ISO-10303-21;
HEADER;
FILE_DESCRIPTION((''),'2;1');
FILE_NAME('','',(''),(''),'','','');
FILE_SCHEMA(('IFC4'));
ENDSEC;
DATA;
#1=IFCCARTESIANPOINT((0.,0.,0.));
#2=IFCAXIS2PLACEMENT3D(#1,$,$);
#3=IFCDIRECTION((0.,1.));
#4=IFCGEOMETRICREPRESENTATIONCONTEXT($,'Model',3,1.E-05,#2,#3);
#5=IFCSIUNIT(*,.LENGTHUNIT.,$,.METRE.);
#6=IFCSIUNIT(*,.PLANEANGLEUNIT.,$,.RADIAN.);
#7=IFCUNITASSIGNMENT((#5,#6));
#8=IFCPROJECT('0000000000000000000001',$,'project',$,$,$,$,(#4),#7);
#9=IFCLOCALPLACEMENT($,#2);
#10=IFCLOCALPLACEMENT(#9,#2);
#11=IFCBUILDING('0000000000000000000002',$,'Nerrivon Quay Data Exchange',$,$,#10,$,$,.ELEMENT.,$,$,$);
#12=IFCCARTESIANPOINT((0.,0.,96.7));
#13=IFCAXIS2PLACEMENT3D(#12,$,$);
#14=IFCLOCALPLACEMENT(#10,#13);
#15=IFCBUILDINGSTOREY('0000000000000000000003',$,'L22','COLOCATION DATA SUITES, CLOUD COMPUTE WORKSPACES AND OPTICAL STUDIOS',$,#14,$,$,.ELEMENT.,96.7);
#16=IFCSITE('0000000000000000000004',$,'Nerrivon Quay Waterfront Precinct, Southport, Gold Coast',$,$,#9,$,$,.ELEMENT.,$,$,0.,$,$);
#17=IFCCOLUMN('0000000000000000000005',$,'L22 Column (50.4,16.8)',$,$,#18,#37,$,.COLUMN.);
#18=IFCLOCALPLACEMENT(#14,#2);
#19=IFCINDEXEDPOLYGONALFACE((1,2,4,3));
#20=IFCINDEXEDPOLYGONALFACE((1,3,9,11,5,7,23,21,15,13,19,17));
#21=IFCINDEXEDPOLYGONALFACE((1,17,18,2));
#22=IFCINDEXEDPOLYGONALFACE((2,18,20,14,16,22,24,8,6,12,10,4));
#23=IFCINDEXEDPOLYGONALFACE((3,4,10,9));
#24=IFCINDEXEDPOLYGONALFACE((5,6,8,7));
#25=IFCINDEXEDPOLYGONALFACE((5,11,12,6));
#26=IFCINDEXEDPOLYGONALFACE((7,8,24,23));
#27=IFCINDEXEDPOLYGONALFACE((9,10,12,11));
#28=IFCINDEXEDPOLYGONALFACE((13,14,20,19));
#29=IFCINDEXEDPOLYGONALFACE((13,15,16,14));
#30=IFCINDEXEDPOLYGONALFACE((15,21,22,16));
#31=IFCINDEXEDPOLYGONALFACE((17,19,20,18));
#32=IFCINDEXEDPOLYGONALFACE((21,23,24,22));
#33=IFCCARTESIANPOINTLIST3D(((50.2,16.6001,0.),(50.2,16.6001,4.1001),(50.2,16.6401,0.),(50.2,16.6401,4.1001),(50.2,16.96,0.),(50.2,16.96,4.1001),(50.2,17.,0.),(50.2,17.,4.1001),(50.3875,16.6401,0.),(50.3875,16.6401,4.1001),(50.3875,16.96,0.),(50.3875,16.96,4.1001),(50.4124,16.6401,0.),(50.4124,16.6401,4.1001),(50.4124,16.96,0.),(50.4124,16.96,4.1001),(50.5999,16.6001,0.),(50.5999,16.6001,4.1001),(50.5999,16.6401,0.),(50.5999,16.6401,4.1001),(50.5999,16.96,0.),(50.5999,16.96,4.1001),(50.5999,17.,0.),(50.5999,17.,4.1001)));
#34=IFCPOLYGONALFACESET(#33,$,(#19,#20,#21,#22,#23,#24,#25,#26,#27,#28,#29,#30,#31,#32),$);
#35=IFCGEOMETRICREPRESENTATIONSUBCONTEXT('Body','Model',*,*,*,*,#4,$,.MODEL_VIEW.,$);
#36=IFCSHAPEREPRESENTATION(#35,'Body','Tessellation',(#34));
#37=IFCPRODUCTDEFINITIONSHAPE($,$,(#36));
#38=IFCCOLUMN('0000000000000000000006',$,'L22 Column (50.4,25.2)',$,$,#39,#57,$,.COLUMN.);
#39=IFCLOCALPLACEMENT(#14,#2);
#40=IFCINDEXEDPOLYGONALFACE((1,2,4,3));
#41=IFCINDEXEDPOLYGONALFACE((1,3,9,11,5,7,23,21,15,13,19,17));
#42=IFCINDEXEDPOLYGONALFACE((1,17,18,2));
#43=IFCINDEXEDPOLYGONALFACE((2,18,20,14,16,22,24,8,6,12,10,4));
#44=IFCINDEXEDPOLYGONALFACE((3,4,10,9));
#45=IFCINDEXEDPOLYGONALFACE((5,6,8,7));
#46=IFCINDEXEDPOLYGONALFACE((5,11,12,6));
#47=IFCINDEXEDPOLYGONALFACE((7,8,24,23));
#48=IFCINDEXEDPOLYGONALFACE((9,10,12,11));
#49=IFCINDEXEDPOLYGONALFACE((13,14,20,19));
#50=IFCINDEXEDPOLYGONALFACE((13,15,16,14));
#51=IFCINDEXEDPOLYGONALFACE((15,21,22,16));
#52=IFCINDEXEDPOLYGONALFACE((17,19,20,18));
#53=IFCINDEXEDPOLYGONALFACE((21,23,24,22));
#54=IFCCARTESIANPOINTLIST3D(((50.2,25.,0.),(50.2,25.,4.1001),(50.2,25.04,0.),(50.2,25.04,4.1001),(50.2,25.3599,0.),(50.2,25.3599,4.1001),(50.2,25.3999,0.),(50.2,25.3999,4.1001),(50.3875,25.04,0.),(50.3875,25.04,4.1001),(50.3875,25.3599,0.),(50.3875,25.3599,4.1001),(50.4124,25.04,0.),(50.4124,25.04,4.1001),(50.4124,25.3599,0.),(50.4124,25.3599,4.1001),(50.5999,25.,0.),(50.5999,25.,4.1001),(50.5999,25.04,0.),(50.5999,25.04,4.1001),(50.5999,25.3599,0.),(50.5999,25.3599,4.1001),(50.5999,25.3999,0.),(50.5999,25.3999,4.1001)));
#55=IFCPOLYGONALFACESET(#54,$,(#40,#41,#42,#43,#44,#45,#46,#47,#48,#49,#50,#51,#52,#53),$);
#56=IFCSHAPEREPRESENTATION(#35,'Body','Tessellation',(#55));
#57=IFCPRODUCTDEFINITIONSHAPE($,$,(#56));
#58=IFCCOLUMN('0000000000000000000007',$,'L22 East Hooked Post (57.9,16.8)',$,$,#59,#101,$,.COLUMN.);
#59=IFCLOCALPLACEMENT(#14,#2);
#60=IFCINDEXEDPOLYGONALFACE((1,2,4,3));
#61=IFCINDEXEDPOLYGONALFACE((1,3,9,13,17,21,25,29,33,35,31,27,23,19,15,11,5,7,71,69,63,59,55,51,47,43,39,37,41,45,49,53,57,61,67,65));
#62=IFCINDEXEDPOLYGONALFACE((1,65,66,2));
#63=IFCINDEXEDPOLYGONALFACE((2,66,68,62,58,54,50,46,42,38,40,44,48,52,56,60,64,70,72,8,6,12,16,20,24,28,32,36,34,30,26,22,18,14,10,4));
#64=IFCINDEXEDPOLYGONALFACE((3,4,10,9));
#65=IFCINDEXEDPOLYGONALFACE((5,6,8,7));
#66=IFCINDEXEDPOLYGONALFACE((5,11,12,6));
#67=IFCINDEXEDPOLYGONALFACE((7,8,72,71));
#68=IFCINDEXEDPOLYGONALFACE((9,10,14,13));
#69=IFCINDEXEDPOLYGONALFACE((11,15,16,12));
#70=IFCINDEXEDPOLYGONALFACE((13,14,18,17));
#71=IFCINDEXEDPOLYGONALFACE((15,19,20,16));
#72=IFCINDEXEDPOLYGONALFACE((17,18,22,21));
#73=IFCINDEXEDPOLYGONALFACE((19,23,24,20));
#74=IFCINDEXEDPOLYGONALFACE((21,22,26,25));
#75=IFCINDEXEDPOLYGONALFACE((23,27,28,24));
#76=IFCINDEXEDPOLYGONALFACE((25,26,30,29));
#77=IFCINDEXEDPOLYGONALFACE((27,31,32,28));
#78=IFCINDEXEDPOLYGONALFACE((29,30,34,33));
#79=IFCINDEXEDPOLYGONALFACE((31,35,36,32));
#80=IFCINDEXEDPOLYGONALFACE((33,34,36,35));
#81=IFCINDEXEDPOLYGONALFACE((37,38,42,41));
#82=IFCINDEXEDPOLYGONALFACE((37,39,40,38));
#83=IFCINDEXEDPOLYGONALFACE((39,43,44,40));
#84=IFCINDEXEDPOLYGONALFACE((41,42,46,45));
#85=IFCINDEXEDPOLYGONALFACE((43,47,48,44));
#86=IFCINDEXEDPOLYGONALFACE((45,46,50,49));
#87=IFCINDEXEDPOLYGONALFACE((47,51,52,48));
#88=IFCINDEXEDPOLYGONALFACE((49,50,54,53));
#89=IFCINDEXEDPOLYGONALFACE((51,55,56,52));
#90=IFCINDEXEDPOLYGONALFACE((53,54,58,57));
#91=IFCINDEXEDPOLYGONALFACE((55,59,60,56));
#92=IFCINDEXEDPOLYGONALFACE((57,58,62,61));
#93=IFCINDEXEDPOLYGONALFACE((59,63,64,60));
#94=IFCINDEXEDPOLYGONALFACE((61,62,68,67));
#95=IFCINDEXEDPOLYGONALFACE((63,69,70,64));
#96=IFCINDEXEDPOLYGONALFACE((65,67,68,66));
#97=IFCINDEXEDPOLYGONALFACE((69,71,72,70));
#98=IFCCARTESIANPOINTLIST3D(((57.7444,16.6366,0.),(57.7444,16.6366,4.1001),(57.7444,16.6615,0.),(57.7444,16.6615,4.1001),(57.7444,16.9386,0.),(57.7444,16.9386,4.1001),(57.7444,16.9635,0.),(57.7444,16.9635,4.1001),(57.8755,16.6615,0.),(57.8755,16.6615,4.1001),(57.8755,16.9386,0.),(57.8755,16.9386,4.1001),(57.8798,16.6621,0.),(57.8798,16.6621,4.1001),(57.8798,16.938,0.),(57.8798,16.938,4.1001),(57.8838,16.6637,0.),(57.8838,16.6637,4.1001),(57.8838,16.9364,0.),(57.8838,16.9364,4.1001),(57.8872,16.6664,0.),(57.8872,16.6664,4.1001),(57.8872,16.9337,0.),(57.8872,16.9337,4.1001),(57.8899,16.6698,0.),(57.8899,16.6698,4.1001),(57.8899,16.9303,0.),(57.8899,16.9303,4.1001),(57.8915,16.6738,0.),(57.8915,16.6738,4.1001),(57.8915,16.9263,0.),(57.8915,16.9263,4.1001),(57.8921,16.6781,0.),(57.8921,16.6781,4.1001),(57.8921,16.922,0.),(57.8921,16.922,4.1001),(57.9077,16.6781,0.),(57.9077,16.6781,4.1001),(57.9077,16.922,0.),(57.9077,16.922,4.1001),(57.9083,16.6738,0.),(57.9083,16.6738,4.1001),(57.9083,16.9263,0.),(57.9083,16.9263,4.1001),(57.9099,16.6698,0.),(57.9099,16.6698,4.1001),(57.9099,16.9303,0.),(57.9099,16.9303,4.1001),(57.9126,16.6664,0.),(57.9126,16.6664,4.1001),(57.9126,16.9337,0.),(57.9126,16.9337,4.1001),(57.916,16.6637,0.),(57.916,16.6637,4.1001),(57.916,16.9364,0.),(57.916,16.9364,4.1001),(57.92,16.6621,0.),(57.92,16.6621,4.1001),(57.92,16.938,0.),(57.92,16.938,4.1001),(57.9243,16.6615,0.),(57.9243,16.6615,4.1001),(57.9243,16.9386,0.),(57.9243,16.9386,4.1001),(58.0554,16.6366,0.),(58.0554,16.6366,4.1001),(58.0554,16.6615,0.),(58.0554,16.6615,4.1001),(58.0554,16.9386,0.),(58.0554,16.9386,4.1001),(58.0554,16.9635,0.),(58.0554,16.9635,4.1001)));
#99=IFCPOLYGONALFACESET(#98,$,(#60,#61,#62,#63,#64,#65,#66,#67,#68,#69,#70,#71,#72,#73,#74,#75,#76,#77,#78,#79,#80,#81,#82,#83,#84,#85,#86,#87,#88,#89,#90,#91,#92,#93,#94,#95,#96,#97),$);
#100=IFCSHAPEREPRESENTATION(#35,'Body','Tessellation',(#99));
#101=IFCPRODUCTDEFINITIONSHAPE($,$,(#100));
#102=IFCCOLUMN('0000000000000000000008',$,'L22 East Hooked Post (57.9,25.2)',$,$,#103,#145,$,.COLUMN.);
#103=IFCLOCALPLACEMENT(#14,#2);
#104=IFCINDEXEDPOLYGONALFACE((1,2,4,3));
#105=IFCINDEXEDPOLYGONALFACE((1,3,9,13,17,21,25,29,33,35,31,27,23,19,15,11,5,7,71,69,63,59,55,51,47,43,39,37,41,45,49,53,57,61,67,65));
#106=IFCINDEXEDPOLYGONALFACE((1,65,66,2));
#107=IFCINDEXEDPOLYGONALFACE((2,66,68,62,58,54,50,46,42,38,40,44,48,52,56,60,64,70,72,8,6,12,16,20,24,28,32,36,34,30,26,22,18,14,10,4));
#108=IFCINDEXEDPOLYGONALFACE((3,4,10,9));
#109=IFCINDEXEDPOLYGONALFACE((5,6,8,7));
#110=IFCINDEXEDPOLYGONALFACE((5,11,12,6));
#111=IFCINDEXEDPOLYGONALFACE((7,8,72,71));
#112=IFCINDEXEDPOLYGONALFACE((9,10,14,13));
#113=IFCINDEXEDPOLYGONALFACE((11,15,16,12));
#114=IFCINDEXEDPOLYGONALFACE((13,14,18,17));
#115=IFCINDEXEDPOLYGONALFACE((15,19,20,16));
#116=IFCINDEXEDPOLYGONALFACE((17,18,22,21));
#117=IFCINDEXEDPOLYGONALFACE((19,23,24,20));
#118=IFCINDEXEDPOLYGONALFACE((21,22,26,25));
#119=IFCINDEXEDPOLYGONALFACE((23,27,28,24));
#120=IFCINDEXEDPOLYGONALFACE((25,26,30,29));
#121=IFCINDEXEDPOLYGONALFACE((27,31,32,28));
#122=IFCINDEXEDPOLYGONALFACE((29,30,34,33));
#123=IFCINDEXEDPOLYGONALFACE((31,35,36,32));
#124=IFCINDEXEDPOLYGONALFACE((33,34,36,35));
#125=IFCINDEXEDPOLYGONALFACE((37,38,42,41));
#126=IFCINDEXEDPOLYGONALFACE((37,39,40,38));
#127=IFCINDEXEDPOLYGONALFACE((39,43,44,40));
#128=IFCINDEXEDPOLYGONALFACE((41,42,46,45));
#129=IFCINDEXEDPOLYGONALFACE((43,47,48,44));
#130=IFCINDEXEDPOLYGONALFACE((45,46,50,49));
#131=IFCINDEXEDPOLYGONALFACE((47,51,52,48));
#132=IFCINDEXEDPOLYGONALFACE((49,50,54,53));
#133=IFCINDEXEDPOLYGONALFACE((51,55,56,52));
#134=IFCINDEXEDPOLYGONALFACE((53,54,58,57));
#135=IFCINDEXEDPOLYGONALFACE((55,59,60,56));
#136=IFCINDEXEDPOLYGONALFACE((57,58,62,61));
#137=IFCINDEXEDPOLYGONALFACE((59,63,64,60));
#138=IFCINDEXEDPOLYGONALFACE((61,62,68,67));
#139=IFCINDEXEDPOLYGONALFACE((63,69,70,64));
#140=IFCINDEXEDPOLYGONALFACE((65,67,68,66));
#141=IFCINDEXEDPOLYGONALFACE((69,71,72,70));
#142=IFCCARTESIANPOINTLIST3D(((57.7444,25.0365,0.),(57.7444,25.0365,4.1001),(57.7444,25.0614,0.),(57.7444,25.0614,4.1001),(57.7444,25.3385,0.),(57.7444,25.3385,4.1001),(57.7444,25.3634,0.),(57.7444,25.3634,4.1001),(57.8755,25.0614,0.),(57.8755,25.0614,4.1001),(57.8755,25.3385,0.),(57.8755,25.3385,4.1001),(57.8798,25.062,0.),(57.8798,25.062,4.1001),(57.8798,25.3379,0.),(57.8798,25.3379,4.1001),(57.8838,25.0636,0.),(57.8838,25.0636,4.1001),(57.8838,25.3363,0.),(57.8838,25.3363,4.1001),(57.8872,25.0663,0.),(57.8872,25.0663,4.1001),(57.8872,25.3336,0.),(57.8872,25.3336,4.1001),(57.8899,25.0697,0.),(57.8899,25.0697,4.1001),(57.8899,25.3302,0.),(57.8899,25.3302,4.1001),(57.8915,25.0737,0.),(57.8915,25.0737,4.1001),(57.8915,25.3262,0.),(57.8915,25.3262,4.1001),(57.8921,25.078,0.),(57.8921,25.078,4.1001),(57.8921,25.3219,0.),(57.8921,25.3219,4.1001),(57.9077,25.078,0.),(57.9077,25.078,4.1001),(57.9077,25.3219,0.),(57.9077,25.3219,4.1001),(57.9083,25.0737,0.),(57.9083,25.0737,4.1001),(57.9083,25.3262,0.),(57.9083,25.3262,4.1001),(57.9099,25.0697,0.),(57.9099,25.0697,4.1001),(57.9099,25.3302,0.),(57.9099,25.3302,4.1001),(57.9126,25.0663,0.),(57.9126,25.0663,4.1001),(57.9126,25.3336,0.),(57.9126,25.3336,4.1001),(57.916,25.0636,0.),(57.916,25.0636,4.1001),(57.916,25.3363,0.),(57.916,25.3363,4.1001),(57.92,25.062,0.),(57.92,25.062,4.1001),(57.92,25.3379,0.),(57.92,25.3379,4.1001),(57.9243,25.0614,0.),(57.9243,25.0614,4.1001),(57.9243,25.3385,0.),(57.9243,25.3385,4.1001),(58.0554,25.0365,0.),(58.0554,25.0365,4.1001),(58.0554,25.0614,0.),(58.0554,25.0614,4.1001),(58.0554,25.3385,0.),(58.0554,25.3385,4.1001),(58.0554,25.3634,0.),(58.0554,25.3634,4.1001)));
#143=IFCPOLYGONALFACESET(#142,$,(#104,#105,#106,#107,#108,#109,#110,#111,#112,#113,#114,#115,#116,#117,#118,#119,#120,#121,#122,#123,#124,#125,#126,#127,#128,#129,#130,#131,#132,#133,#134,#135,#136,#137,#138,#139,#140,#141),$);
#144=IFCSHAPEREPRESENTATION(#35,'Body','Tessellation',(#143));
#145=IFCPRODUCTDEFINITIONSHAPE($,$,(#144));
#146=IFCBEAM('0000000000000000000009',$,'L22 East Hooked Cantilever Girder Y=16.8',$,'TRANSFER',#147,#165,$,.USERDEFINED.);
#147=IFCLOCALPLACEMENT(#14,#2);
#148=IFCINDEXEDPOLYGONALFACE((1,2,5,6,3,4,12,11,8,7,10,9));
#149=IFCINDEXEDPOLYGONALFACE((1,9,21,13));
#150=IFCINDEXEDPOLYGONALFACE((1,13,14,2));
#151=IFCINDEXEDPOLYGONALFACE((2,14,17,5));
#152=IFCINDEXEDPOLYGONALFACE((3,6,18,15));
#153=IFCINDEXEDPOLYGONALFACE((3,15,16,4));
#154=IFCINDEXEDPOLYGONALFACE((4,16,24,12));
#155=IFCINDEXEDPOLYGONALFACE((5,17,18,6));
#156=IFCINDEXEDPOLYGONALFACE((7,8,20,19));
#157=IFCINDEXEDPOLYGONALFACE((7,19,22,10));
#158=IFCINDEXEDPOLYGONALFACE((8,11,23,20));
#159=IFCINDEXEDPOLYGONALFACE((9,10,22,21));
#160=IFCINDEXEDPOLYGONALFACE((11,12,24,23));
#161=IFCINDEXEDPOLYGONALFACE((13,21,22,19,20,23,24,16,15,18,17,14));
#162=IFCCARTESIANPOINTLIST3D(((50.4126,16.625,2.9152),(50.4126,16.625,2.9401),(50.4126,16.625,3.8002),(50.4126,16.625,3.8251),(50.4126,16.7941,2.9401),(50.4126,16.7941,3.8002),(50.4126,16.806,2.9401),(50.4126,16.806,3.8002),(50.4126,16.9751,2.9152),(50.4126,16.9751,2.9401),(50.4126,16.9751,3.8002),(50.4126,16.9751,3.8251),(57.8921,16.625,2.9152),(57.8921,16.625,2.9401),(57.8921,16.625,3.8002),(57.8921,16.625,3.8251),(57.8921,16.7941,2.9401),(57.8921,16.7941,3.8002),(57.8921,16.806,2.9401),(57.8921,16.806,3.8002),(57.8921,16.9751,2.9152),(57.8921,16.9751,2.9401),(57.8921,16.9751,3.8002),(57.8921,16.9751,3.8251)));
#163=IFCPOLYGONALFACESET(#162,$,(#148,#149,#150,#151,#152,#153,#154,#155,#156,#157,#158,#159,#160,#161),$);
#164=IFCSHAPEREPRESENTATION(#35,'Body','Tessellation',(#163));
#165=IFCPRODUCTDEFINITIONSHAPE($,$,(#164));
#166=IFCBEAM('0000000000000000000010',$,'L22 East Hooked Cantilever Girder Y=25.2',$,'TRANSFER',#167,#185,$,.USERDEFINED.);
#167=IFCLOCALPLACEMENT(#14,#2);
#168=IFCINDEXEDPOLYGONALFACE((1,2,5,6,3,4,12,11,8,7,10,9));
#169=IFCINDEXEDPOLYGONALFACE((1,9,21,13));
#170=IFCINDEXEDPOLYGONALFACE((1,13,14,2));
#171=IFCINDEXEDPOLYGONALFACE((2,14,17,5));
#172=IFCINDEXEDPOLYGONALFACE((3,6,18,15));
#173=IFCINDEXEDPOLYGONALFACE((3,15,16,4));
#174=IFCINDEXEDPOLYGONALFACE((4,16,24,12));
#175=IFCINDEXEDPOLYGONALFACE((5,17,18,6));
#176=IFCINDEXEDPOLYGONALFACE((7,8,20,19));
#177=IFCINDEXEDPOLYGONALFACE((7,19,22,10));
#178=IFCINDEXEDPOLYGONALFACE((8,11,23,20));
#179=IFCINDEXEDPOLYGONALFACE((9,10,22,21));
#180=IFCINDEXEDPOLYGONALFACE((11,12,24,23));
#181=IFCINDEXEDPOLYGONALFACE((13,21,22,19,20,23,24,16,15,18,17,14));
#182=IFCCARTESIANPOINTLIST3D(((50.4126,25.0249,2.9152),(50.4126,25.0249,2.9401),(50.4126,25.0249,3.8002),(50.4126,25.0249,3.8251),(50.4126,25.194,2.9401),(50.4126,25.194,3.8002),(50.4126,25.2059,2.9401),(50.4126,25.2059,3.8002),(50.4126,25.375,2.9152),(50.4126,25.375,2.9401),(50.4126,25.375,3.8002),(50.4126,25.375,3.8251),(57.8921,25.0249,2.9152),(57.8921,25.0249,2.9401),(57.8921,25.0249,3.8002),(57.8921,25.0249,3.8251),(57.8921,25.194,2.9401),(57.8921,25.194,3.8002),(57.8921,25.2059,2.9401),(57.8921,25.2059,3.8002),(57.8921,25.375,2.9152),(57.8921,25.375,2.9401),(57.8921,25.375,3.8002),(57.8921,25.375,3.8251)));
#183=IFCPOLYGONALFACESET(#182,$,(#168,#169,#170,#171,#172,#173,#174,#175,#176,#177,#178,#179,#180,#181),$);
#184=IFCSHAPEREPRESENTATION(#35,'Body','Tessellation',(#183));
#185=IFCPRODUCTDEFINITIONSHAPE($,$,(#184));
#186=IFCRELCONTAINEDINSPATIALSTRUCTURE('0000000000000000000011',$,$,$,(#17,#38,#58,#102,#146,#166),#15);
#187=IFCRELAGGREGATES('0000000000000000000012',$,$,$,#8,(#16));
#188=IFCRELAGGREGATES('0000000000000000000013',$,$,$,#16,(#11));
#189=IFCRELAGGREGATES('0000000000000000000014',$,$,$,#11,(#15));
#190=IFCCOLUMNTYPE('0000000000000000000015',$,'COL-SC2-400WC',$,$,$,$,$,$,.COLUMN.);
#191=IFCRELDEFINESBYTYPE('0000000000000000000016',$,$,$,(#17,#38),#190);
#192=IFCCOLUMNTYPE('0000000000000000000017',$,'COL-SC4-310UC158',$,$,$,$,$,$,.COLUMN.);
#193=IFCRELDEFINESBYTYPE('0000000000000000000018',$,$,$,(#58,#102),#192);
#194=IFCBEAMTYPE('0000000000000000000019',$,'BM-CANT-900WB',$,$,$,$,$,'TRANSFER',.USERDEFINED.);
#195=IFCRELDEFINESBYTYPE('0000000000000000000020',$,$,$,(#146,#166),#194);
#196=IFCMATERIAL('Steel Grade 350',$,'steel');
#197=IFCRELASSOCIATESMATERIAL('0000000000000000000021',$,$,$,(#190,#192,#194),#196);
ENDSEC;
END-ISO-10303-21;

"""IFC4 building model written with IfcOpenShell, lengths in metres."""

from ifc_helpers import new_model, si_unit, direction, frame, origin, origin_2d, place, context, subcontext, project, spatial, i_section, extrude, material, material_profile, profile_set, type_object, element, save


model = new_model("IFC4")

# Units and contexts
model_context = context("Model", 3, precision=1e-05, world=origin(), true_north=direction((0.0, 1.0)))
body_context = subcontext(model_context, "Body", "Model", "MODEL_VIEW")
ifc_project = project(units=[si_unit("LENGTHUNIT", "METRE"), si_unit("PLANEANGLEUNIT", "RADIAN")], contexts=[model_context])

# Site, building, storey
site_placement = place(None, origin())
site = spatial("IfcSite", under=ifc_project, at=site_placement, Name="Nerrivon Quay Waterfront Precinct, Southport, Gold Coast", CompositionType="ELEMENT", RefElevation=0.0)
building_placement = place(site_placement, origin())
building = spatial("IfcBuilding", under=site, at=building_placement, Name="Nerrivon Quay Data Exchange", CompositionType="ELEMENT")
storey_placement = place(building_placement, frame((0.0, 0.0, 96.7)))
storey = spatial("IfcBuildingStorey", under=building, at=storey_placement, Name="L22", Description="COLOCATION DATA SUITES, CLOUD COMPUTE WORKSPACES AND OPTICAL STUDIOS", CompositionType="ELEMENT", Elevation=96.7)

# Columns
ifc_material_1 = material(Name="Steel Grade 350", Category="steel")
ifc_material_profile_1 = material_profile(ifc_material_1, i_section(OverallWidth=0.3999, OverallDepth=0.3999, WebThickness=0.0249, FlangeThickness=0.04, at=origin_2d()), Name="400WC328")
ifc_profile_set_1 = profile_set([ifc_material_profile_1], Name="Steel Grade 350")
column_type_1 = type_object("IfcColumnType", Name="COL-SC2-400WC", PredefinedType="COLUMN", material=ifc_profile_set_1)
for number, where, z_axis, x_axis, name in (
    (1, (50.3999, 16.8, 0.0), (0.0, 0.0, 1.0), (1.0, 0.0, 0.0), "L22 Column (50.4,16.8)"),
    (2, (50.3999, 25.2, 0.0), (0.0, 0.0, 1.0), (1.0, 0.0, 0.0), "L22 Column (50.4,25.2)"),
):
    element("IfcColumn", number, at=place(storey_placement, frame(where, z_axis=z_axis, x_axis=x_axis)), inside=storey, type_object=column_type_1, Name=name, PredefinedType="COLUMN", context=body_context, shape_type="SweptSolid", body=[
        extrude(i_section(OverallWidth=0.3999, OverallDepth=0.3999, WebThickness=0.0249, FlangeThickness=0.04, at=origin_2d()), origin(), (0.0, 0.0, 1.0), 4.1001),
    ])
ifc_material_profile_2 = material_profile(ifc_material_1, i_section(OverallWidth=0.311, OverallDepth=0.3269, WebThickness=0.0156, FlangeThickness=0.0249, FilletRadius=0.0166, at=origin_2d()), Name="310UC158")
ifc_profile_set_2 = profile_set([ifc_material_profile_2], Name="Steel Grade 350")
column_type_2 = type_object("IfcColumnType", Name="COL-SC4-310UC158", PredefinedType="COLUMN", material=ifc_profile_set_2)
for number, where, z_axis, x_axis, name in (
    (3, (57.8999, 16.8, 0.0), (0.0, 0.0, 1.0), (1.0, 0.0, 0.0), "L22 East Hooked Post (57.9,16.8)"),
    (4, (57.8999, 25.2, 0.0), (0.0, 0.0, 1.0), (1.0, 0.0, 0.0), "L22 East Hooked Post (57.9,25.2)"),
):
    element("IfcColumn", number, at=place(storey_placement, frame(where, z_axis=z_axis, x_axis=x_axis)), inside=storey, type_object=column_type_2, Name=name, PredefinedType="COLUMN", context=body_context, shape_type="SweptSolid", body=[
        extrude(i_section(OverallWidth=0.311, OverallDepth=0.3269, WebThickness=0.0156, FlangeThickness=0.0249, FilletRadius=0.0166, at=origin_2d()), origin(), (0.0, 0.0, 1.0), 4.1001),
    ])

# Beams
ifc_material_profile_3 = material_profile(ifc_material_1, i_section(OverallWidth=0.3501, OverallDepth=0.9099, WebThickness=0.012, FlangeThickness=0.0249, at=origin_2d()), Name="900WB218")
ifc_profile_set_3 = profile_set([ifc_material_profile_3], Name="Steel Grade 350")
beam_type_1 = type_object("IfcBeamType", Name="BM-CANT-900WB", ElementType="TRANSFER", PredefinedType="USERDEFINED", material=ifc_profile_set_3)
for number, where, z_axis, x_axis, name in (
    (5, (50.4126, 16.8, 3.3701), (1.0, 0.0, 0.0), (0.0, 1.0, 0.0), "L22 East Hooked Cantilever Girder Y=16.8"),
    (6, (50.4126, 25.2, 3.3701), (1.0, 0.0, 0.0), (0.0, 1.0, 0.0), "L22 East Hooked Cantilever Girder Y=25.2"),
):
    element("IfcBeam", number, at=place(storey_placement, frame(where, z_axis=z_axis, x_axis=x_axis)), inside=storey, type_object=beam_type_1, Name=name, ObjectType="TRANSFER", PredefinedType="USERDEFINED", context=body_context, shape_type="SweptSolid", body=[
        extrude(i_section(OverallWidth=0.3501, OverallDepth=0.9099, WebThickness=0.012, FlangeThickness=0.0249, at=origin_2d()), origin(), (0.0, 0.0, 1.0), 7.4795),
    ])

save(model, "model.ifc")
